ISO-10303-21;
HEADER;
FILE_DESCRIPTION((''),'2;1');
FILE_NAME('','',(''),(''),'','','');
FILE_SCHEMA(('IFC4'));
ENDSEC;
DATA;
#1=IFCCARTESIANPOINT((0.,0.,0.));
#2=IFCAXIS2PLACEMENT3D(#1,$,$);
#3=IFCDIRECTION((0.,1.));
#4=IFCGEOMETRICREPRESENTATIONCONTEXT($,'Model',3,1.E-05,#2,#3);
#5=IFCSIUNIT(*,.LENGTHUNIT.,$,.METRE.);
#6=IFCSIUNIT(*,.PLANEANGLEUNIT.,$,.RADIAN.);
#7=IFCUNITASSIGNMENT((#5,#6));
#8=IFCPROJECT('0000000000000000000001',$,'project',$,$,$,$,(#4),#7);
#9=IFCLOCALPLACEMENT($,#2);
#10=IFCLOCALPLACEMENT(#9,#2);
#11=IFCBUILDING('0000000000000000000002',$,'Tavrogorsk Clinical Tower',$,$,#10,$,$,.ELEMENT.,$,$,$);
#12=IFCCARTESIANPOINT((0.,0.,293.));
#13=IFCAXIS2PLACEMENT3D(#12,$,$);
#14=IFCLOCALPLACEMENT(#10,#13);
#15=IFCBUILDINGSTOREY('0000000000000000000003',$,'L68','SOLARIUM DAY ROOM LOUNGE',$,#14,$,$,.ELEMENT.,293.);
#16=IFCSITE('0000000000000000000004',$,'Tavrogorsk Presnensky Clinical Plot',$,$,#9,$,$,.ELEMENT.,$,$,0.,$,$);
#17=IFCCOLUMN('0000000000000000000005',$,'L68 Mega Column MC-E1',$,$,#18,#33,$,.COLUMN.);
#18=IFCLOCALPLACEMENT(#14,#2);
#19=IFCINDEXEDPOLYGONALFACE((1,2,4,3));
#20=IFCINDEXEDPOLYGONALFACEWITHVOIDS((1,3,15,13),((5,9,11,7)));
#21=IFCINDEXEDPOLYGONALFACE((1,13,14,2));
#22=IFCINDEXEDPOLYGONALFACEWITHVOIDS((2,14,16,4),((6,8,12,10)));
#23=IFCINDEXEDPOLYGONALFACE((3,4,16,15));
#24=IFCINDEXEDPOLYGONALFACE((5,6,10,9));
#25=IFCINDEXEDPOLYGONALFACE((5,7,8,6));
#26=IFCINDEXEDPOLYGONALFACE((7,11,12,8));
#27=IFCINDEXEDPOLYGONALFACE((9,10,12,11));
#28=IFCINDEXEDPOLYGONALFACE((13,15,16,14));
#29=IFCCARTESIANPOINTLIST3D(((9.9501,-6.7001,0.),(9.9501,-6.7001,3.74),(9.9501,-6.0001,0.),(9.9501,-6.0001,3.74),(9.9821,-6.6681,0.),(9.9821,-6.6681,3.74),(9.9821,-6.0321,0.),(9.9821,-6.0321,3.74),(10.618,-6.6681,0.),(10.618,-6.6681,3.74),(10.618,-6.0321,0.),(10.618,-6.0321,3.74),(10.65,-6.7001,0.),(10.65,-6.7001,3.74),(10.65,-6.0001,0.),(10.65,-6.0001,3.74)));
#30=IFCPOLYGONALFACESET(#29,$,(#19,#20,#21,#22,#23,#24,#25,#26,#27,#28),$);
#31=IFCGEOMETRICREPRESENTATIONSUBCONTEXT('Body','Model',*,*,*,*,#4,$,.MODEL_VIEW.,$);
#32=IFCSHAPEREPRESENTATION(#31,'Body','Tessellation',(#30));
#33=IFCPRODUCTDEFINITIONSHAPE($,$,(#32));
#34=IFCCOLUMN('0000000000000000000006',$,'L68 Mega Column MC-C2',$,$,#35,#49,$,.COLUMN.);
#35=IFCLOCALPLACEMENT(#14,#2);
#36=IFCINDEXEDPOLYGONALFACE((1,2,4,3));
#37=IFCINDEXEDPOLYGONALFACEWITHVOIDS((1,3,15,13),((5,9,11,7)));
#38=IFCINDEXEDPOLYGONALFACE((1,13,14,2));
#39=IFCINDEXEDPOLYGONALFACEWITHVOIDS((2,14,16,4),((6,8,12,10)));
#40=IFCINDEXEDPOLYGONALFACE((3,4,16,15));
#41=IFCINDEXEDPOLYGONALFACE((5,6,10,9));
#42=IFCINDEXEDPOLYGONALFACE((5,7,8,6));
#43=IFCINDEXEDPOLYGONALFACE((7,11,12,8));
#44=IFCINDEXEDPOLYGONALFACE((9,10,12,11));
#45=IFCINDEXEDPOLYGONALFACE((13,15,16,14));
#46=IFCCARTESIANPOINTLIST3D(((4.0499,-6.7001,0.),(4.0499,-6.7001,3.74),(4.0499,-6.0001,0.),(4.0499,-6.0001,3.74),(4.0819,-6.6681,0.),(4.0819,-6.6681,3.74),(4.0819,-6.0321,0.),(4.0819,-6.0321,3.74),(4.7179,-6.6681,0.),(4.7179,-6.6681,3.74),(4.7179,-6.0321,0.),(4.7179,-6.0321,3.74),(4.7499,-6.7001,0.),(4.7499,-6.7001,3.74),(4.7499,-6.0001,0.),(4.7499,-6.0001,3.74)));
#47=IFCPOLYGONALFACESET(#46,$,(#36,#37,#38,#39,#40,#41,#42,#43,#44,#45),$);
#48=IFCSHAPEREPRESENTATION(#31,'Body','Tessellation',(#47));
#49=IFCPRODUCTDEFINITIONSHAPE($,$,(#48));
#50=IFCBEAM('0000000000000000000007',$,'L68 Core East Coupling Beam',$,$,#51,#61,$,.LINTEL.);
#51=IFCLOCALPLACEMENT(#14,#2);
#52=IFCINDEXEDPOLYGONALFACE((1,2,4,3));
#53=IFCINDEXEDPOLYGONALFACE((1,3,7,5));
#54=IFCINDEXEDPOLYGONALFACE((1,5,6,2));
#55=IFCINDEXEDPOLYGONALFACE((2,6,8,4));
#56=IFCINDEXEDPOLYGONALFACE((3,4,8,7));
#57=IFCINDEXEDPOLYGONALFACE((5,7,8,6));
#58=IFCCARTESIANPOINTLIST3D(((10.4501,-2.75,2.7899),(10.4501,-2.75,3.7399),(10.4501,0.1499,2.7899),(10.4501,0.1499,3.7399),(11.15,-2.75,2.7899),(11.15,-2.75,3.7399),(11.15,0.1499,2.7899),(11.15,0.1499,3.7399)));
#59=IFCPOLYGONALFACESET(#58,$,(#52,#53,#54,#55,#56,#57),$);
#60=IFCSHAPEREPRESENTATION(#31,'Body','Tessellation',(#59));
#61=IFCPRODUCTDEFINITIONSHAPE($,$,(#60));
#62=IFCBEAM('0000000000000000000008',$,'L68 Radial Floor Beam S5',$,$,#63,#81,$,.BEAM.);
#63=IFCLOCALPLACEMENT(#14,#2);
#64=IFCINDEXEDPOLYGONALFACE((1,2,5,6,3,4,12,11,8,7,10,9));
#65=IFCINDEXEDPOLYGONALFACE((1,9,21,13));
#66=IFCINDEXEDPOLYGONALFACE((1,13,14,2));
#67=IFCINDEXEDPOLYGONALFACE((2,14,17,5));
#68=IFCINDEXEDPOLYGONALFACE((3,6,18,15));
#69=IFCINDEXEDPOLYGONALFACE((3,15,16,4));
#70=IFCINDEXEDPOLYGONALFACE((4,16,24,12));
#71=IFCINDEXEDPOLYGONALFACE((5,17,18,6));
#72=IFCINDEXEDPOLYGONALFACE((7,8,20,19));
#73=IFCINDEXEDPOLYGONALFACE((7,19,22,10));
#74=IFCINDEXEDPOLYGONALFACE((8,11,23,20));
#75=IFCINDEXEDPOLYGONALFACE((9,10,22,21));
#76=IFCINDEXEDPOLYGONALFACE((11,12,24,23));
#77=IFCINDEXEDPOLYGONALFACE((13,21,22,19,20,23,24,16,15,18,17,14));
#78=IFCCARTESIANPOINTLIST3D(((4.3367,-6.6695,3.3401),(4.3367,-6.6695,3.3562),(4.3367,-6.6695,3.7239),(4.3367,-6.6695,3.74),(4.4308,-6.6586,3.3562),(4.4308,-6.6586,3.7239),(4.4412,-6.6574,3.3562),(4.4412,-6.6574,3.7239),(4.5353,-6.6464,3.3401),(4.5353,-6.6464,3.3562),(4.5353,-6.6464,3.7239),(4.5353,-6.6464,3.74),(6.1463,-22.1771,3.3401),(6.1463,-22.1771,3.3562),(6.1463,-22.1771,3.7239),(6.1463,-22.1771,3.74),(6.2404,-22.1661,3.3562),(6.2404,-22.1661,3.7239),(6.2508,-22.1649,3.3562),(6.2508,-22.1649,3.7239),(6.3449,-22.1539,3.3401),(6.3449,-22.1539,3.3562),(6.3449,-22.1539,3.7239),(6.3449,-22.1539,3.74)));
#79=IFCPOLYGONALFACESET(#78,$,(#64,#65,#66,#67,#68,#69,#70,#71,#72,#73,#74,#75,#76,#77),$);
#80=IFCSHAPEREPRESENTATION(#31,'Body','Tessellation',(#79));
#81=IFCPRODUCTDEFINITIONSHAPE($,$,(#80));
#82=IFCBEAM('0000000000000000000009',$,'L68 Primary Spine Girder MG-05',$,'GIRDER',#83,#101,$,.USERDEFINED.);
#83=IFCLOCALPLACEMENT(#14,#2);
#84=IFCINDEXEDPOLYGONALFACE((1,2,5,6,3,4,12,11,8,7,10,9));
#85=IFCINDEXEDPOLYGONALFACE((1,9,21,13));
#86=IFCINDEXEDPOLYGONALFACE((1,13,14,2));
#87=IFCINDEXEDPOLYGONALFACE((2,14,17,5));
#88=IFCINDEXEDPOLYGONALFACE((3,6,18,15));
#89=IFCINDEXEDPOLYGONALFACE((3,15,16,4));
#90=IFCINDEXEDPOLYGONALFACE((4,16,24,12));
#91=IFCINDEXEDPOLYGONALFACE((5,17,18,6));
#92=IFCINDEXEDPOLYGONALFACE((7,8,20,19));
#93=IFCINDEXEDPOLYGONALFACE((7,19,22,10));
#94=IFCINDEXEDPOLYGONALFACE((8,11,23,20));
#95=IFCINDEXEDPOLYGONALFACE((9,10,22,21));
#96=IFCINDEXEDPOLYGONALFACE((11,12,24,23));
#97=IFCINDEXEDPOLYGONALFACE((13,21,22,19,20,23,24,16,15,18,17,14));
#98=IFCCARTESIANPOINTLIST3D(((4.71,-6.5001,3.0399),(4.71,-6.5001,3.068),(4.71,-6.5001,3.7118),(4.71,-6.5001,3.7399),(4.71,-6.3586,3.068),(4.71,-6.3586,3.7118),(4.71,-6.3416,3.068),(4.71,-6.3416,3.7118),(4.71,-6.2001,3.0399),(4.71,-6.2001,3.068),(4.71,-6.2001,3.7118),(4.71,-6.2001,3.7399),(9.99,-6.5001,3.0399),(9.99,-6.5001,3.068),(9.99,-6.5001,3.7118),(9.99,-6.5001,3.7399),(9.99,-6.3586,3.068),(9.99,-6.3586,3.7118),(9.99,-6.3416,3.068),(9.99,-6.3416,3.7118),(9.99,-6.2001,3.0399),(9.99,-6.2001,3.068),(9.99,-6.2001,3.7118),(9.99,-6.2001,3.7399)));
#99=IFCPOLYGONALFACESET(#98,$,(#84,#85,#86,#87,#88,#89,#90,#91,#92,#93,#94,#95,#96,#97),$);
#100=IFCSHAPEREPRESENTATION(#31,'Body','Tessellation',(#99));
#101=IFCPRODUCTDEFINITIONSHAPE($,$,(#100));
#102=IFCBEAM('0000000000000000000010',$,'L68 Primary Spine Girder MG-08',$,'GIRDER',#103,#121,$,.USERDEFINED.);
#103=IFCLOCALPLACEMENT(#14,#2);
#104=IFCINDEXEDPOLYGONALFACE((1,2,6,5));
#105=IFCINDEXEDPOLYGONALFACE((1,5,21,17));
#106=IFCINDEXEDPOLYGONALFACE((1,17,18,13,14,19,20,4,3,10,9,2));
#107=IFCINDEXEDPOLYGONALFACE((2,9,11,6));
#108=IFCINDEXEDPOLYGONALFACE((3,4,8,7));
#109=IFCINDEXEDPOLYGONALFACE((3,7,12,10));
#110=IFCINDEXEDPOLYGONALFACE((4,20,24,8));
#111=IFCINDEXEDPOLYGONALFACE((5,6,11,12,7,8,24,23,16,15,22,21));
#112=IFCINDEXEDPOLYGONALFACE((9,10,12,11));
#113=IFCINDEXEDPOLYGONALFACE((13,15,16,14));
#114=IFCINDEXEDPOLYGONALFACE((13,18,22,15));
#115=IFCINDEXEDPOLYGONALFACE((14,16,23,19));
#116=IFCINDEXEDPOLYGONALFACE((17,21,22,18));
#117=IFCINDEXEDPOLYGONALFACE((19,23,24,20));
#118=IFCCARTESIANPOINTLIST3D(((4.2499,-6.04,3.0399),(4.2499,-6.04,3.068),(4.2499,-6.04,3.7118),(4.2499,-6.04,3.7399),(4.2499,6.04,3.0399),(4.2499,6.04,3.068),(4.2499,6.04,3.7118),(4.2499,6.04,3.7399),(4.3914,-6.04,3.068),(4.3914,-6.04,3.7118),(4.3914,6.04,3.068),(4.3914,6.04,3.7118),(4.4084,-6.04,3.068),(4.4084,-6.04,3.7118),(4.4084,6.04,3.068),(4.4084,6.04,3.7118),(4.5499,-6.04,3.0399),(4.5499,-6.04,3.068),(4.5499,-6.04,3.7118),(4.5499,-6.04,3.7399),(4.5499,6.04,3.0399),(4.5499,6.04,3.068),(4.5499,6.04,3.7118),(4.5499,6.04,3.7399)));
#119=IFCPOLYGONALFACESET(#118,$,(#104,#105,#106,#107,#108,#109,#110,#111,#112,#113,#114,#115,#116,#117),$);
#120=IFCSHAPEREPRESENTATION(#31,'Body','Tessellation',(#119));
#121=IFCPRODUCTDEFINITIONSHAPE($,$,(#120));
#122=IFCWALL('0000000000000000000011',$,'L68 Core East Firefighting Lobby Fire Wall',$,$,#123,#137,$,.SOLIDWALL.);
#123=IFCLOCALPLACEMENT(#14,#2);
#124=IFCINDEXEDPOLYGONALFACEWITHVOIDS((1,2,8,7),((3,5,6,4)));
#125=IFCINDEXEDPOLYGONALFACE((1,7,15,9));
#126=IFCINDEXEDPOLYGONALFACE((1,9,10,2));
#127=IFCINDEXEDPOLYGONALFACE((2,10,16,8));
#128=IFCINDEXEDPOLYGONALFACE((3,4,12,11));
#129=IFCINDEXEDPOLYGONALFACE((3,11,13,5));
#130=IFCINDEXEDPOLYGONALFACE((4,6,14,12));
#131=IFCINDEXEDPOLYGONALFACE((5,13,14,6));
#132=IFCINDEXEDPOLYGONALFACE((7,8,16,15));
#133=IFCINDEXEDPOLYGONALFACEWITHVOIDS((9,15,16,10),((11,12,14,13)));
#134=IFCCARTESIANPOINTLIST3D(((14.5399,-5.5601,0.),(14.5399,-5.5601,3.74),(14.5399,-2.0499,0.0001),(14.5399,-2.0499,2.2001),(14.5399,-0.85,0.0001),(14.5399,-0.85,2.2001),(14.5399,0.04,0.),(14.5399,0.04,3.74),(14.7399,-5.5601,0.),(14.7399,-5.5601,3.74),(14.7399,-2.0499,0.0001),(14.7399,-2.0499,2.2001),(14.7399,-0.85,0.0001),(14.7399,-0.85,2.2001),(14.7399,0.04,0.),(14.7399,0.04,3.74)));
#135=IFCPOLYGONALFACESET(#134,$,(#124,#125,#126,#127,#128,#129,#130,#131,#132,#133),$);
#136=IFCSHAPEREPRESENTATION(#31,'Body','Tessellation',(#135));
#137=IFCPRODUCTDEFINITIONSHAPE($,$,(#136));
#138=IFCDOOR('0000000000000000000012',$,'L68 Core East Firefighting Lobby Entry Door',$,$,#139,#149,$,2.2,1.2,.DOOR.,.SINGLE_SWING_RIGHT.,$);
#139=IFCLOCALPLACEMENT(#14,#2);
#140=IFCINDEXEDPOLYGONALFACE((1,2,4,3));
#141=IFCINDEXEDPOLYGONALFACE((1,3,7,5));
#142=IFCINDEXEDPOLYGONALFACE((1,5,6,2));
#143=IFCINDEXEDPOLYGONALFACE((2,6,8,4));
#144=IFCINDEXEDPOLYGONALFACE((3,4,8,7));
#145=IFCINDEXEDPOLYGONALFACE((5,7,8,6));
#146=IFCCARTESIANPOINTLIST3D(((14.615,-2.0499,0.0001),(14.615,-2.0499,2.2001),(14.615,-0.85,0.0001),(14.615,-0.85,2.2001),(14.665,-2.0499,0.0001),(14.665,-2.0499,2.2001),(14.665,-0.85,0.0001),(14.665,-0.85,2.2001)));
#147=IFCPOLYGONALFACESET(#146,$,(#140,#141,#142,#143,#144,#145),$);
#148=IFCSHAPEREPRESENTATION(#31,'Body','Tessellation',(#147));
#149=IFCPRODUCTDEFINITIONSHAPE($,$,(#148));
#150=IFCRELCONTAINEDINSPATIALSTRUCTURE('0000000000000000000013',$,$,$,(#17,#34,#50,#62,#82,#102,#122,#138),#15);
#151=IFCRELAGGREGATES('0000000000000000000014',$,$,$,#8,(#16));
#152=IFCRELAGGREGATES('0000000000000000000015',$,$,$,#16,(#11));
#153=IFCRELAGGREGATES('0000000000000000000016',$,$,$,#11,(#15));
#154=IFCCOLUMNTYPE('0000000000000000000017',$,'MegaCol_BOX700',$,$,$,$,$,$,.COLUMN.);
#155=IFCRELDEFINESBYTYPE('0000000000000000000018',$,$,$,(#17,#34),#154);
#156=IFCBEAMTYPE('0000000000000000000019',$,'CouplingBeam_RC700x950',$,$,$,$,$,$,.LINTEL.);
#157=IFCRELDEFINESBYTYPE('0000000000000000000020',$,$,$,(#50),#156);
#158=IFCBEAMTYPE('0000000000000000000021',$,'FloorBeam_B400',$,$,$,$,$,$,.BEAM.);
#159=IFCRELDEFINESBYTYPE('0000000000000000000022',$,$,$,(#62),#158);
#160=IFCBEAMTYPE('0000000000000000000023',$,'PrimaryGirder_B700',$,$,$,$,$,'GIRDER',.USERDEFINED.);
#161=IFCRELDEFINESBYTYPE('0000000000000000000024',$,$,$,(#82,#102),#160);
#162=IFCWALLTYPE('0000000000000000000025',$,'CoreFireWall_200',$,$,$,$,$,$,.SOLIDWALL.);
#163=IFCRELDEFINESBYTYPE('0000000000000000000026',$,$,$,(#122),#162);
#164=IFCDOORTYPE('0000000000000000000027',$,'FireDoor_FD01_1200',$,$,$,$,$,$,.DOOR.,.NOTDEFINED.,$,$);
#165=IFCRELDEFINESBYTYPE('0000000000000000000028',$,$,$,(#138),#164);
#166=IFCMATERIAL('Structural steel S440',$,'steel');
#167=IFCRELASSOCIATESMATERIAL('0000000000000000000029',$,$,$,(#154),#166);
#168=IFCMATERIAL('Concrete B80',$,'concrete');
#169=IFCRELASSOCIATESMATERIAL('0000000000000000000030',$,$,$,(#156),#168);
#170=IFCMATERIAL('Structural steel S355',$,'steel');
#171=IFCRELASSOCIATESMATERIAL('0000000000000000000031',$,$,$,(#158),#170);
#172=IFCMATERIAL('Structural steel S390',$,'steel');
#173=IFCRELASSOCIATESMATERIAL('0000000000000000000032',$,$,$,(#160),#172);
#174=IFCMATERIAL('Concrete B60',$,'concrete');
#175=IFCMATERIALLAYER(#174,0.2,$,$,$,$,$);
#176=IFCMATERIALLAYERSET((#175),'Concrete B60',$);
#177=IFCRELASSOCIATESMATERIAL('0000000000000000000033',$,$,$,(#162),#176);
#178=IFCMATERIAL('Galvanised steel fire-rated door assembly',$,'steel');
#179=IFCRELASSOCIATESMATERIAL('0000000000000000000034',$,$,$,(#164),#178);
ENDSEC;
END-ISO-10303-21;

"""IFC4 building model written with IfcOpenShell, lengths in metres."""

from ifc_helpers import new_model, si_unit, direction, frame, frame_2d, origin, origin_2d, place, context, subcontext, project, spatial, rectangle, hollow_rectangle, i_section, extrude, material, layer, layer_set, material_profile, profile_set, type_object, element, fill, save


model = new_model("IFC4")

# Units and contexts
model_context = context("Model", 3, precision=1e-05, world=origin(), true_north=direction((0.0, 1.0)))
body_context = subcontext(model_context, "Body", "Model", "MODEL_VIEW")
ifc_project = project(units=[si_unit("LENGTHUNIT", "METRE"), si_unit("PLANEANGLEUNIT", "RADIAN")], contexts=[model_context])

# Site, building, storey
site_placement = place(None, origin())
site = spatial("IfcSite", under=ifc_project, at=site_placement, Name="Tavrogorsk Presnensky Clinical Plot", CompositionType="ELEMENT", RefElevation=0.0)
building_placement = place(site_placement, origin())
building = spatial("IfcBuilding", under=site, at=building_placement, Name="Tavrogorsk Clinical Tower", CompositionType="ELEMENT")
storey_placement = place(building_placement, frame((0.0, 0.0, 293.0)))
storey = spatial("IfcBuildingStorey", under=building, at=storey_placement, Name="L68", Description="SOLARIUM DAY ROOM LOUNGE", CompositionType="ELEMENT", Elevation=293.0)

# Columns
ifc_material_1 = material(Name="Structural steel S440", Category="steel")
ifc_material_profile_1 = material_profile(ifc_material_1, hollow_rectangle(XDim=0.7, YDim=0.7, WallThickness=0.032, at=origin_2d()), Name="BOX-700x700x32")
ifc_profile_set_1 = profile_set([ifc_material_profile_1], Name="Structural steel S440")
column_type = type_object("IfcColumnType", Name="MegaCol_BOX700", PredefinedType="COLUMN", material=ifc_profile_set_1)
for number, where, z_axis, x_axis, name in (
    (1, (10.3, -6.3501, 0.0), (0.0, 0.0, 1.0), (1.0, 0.0, 0.0), "L68 Mega Column MC-E1"),
    (2, (4.3999, -6.3501, 0.0), (0.0, 0.0, 1.0), (1.0, 0.0, 0.0), "L68 Mega Column MC-C2"),
):
    element("IfcColumn", number, at=place(storey_placement, frame(where, z_axis=z_axis, x_axis=x_axis)), inside=storey, type_object=column_type, Name=name, PredefinedType="COLUMN", context=body_context, shape_type="SweptSolid", body=[
        extrude(hollow_rectangle(XDim=0.7, YDim=0.7, WallThickness=0.032, at=origin_2d()), origin(), (0.0, 0.0, 1.0), 3.74),
    ])

# Beams
ifc_material_2 = material(Name="Concrete B80", Category="concrete")
ifc_material_profile_2 = material_profile(ifc_material_2, rectangle(XDim=0.7, YDim=0.95, at=origin_2d()), Name="RC-CB-700x950")
ifc_profile_set_2 = profile_set([ifc_material_profile_2], Name="Concrete B80")
beam_type_1 = type_object("IfcBeamType", Name="CouplingBeam_RC700x950", PredefinedType="LINTEL", material=ifc_profile_set_2)
beam_1_placement = place(storey_placement, frame((10.8, -2.75, 3.2649), z_axis=(0.0, 1.0, 0.0), x_axis=(-1.0, 0.0, 0.0)))
element("IfcBeam", 3, at=beam_1_placement, inside=storey, type_object=beam_type_1, Name="L68 Core East Coupling Beam", PredefinedType="LINTEL", context=body_context, shape_type="SweptSolid", body=[
    extrude(rectangle(XDim=0.7, YDim=0.95, at=origin_2d()), origin(), (0.0, 0.0, 1.0), 2.8999),
])
ifc_material_3 = material(Name="Structural steel S355", Category="steel")
ifc_material_profile_3 = material_profile(ifc_material_3, i_section(OverallWidth=0.2, OverallDepth=0.3999, WebThickness=0.0105, FlangeThickness=0.0161, at=origin_2d()), Name="B-400x200x10.5x16")
ifc_profile_set_3 = profile_set([ifc_material_profile_3], Name="Structural steel S355")
beam_type_2 = type_object("IfcBeamType", Name="FloorBeam_B400", PredefinedType="BEAM", material=ifc_profile_set_3)
beam_2_placement = place(storey_placement, frame((4.436, -6.658, 3.54), z_axis=(0.115903, -0.993261, 0.0), x_axis=(0.993261, 0.115903, 0.0)))
element("IfcBeam", 4, at=beam_2_placement, inside=storey, type_object=beam_type_2, Name="L68 Radial Floor Beam S5", PredefinedType="BEAM", context=body_context, shape_type="SweptSolid", body=[
    extrude(i_section(OverallWidth=0.2, OverallDepth=0.3999, WebThickness=0.0105, FlangeThickness=0.0161, at=origin_2d()), origin(), (0.0, 0.0, 1.0), 15.6128),
])
ifc_material_4 = material(Name="Structural steel S390", Category="steel")
ifc_material_profile_4 = material_profile(ifc_material_4, i_section(OverallWidth=0.3, OverallDepth=0.7, WebThickness=0.0171, FlangeThickness=0.0281, at=origin_2d()), Name="B-700x300x17x28")
ifc_profile_set_4 = profile_set([ifc_material_profile_4], Name="Structural steel S390")
beam_type_3 = type_object("IfcBeamType", Name="PrimaryGirder_B700", ElementType="GIRDER", PredefinedType="USERDEFINED", material=ifc_profile_set_4)
beam_3_placement = place(storey_placement, frame((4.71, -6.3501, 3.3899), z_axis=(1.0, 0.0, 0.0), x_axis=(0.0, 1.0, 0.0)))
element("IfcBeam", 5, at=beam_3_placement, inside=storey, type_object=beam_type_3, Name="L68 Primary Spine Girder MG-05", ObjectType="GIRDER", PredefinedType="USERDEFINED", context=body_context, shape_type="SweptSolid", body=[
    extrude(i_section(OverallWidth=0.3, OverallDepth=0.7, WebThickness=0.0171, FlangeThickness=0.0281, at=origin_2d()), origin(), (0.0, 0.0, 1.0), 5.28),
])
beam_4_placement = place(storey_placement, frame((4.3999, -6.04, 3.3899), z_axis=(0.0, 1.0, 0.0), x_axis=(-1.0, 0.0, 0.0)))
element("IfcBeam", 6, at=beam_4_placement, inside=storey, type_object=beam_type_3, Name="L68 Primary Spine Girder MG-08", ObjectType="GIRDER", PredefinedType="USERDEFINED", context=body_context, shape_type="SweptSolid", body=[
    extrude(i_section(OverallWidth=0.3, OverallDepth=0.7, WebThickness=0.0171, FlangeThickness=0.0281, at=origin_2d()), origin(), (0.0, 0.0, 1.0), 12.0801),
])

# Wall, opening, door
ifc_material_5 = material(Name="Concrete B60", Category="concrete")
ifc_layer_1 = layer(ifc_material_5, 0.2)
ifc_layer_set_1 = layer_set([ifc_layer_1], Name="Concrete B60")
wall_type_1 = type_object("IfcWallType", Name="CoreFireWall_200", PredefinedType="SOLIDWALL", material=ifc_layer_set_1)
wall_1_placement = place(storey_placement, frame((14.6399, -5.5601, 0.0), z_axis=(0.0, 0.0, 1.0), x_axis=(0.0, 1.0, 0.0)))
wall_1 = element("IfcWall", 7, at=wall_1_placement, inside=storey, type_object=wall_type_1, Name="L68 Core East Firefighting Lobby Fire Wall", PredefinedType="SOLIDWALL", context=body_context, shape_type="SweptSolid", body=[
    extrude(rectangle(XDim=5.6001, YDim=0.2, at=frame_2d((2.8, 0.0))), origin(), (0.0, 0.0, 1.0), 3.74),
])
opening_1_placement = place(wall_1_placement, frame((3.51, 0.0, 0.0)))
opening_1 = element("IfcOpeningElement", 8, at=opening_1_placement, cuts=wall_1, PredefinedType="OPENING", context=body_context, shape_type="SweptSolid", body=[
    extrude(rectangle(XDim=1.2, YDim=2.2, at=frame_2d((0.6001, 1.1001))), frame((0.0, 0.1099, 0.0), z_axis=(0.0, -1.0, 0.0), x_axis=(1.0, 0.0, 0.0)), (0.0, 0.0, 1.0), 0.22),
])
ifc_material_6 = material(Name="Galvanised steel fire-rated door assembly", Category="steel")
door_type_1 = type_object("IfcDoorType", Name="FireDoor_FD01_1200", OperationType="NOTDEFINED", PredefinedType="DOOR", material=ifc_material_6)
door_1_placement = place(opening_1_placement, origin())
door_1 = element("IfcDoor", 9, at=door_1_placement, inside=storey, type_object=door_type_1, Name="L68 Core East Firefighting Lobby Entry Door", OperationType="SINGLE_SWING_RIGHT", OverallHeight=2.2, OverallWidth=1.2, PredefinedType="DOOR", context=body_context, shape_type="SweptSolid", body=[
    extrude(rectangle(XDim=1.2, YDim=2.2, at=frame_2d((0.6001, 1.1001))), frame((0.0, 0.0249, 0.0), z_axis=(0.0, -1.0, 0.0), x_axis=(1.0, 0.0, 0.0)), (0.0, 0.0, 1.0), 0.05),
])
fill(opening_1, door_1)

save(model, "model.ifc")
